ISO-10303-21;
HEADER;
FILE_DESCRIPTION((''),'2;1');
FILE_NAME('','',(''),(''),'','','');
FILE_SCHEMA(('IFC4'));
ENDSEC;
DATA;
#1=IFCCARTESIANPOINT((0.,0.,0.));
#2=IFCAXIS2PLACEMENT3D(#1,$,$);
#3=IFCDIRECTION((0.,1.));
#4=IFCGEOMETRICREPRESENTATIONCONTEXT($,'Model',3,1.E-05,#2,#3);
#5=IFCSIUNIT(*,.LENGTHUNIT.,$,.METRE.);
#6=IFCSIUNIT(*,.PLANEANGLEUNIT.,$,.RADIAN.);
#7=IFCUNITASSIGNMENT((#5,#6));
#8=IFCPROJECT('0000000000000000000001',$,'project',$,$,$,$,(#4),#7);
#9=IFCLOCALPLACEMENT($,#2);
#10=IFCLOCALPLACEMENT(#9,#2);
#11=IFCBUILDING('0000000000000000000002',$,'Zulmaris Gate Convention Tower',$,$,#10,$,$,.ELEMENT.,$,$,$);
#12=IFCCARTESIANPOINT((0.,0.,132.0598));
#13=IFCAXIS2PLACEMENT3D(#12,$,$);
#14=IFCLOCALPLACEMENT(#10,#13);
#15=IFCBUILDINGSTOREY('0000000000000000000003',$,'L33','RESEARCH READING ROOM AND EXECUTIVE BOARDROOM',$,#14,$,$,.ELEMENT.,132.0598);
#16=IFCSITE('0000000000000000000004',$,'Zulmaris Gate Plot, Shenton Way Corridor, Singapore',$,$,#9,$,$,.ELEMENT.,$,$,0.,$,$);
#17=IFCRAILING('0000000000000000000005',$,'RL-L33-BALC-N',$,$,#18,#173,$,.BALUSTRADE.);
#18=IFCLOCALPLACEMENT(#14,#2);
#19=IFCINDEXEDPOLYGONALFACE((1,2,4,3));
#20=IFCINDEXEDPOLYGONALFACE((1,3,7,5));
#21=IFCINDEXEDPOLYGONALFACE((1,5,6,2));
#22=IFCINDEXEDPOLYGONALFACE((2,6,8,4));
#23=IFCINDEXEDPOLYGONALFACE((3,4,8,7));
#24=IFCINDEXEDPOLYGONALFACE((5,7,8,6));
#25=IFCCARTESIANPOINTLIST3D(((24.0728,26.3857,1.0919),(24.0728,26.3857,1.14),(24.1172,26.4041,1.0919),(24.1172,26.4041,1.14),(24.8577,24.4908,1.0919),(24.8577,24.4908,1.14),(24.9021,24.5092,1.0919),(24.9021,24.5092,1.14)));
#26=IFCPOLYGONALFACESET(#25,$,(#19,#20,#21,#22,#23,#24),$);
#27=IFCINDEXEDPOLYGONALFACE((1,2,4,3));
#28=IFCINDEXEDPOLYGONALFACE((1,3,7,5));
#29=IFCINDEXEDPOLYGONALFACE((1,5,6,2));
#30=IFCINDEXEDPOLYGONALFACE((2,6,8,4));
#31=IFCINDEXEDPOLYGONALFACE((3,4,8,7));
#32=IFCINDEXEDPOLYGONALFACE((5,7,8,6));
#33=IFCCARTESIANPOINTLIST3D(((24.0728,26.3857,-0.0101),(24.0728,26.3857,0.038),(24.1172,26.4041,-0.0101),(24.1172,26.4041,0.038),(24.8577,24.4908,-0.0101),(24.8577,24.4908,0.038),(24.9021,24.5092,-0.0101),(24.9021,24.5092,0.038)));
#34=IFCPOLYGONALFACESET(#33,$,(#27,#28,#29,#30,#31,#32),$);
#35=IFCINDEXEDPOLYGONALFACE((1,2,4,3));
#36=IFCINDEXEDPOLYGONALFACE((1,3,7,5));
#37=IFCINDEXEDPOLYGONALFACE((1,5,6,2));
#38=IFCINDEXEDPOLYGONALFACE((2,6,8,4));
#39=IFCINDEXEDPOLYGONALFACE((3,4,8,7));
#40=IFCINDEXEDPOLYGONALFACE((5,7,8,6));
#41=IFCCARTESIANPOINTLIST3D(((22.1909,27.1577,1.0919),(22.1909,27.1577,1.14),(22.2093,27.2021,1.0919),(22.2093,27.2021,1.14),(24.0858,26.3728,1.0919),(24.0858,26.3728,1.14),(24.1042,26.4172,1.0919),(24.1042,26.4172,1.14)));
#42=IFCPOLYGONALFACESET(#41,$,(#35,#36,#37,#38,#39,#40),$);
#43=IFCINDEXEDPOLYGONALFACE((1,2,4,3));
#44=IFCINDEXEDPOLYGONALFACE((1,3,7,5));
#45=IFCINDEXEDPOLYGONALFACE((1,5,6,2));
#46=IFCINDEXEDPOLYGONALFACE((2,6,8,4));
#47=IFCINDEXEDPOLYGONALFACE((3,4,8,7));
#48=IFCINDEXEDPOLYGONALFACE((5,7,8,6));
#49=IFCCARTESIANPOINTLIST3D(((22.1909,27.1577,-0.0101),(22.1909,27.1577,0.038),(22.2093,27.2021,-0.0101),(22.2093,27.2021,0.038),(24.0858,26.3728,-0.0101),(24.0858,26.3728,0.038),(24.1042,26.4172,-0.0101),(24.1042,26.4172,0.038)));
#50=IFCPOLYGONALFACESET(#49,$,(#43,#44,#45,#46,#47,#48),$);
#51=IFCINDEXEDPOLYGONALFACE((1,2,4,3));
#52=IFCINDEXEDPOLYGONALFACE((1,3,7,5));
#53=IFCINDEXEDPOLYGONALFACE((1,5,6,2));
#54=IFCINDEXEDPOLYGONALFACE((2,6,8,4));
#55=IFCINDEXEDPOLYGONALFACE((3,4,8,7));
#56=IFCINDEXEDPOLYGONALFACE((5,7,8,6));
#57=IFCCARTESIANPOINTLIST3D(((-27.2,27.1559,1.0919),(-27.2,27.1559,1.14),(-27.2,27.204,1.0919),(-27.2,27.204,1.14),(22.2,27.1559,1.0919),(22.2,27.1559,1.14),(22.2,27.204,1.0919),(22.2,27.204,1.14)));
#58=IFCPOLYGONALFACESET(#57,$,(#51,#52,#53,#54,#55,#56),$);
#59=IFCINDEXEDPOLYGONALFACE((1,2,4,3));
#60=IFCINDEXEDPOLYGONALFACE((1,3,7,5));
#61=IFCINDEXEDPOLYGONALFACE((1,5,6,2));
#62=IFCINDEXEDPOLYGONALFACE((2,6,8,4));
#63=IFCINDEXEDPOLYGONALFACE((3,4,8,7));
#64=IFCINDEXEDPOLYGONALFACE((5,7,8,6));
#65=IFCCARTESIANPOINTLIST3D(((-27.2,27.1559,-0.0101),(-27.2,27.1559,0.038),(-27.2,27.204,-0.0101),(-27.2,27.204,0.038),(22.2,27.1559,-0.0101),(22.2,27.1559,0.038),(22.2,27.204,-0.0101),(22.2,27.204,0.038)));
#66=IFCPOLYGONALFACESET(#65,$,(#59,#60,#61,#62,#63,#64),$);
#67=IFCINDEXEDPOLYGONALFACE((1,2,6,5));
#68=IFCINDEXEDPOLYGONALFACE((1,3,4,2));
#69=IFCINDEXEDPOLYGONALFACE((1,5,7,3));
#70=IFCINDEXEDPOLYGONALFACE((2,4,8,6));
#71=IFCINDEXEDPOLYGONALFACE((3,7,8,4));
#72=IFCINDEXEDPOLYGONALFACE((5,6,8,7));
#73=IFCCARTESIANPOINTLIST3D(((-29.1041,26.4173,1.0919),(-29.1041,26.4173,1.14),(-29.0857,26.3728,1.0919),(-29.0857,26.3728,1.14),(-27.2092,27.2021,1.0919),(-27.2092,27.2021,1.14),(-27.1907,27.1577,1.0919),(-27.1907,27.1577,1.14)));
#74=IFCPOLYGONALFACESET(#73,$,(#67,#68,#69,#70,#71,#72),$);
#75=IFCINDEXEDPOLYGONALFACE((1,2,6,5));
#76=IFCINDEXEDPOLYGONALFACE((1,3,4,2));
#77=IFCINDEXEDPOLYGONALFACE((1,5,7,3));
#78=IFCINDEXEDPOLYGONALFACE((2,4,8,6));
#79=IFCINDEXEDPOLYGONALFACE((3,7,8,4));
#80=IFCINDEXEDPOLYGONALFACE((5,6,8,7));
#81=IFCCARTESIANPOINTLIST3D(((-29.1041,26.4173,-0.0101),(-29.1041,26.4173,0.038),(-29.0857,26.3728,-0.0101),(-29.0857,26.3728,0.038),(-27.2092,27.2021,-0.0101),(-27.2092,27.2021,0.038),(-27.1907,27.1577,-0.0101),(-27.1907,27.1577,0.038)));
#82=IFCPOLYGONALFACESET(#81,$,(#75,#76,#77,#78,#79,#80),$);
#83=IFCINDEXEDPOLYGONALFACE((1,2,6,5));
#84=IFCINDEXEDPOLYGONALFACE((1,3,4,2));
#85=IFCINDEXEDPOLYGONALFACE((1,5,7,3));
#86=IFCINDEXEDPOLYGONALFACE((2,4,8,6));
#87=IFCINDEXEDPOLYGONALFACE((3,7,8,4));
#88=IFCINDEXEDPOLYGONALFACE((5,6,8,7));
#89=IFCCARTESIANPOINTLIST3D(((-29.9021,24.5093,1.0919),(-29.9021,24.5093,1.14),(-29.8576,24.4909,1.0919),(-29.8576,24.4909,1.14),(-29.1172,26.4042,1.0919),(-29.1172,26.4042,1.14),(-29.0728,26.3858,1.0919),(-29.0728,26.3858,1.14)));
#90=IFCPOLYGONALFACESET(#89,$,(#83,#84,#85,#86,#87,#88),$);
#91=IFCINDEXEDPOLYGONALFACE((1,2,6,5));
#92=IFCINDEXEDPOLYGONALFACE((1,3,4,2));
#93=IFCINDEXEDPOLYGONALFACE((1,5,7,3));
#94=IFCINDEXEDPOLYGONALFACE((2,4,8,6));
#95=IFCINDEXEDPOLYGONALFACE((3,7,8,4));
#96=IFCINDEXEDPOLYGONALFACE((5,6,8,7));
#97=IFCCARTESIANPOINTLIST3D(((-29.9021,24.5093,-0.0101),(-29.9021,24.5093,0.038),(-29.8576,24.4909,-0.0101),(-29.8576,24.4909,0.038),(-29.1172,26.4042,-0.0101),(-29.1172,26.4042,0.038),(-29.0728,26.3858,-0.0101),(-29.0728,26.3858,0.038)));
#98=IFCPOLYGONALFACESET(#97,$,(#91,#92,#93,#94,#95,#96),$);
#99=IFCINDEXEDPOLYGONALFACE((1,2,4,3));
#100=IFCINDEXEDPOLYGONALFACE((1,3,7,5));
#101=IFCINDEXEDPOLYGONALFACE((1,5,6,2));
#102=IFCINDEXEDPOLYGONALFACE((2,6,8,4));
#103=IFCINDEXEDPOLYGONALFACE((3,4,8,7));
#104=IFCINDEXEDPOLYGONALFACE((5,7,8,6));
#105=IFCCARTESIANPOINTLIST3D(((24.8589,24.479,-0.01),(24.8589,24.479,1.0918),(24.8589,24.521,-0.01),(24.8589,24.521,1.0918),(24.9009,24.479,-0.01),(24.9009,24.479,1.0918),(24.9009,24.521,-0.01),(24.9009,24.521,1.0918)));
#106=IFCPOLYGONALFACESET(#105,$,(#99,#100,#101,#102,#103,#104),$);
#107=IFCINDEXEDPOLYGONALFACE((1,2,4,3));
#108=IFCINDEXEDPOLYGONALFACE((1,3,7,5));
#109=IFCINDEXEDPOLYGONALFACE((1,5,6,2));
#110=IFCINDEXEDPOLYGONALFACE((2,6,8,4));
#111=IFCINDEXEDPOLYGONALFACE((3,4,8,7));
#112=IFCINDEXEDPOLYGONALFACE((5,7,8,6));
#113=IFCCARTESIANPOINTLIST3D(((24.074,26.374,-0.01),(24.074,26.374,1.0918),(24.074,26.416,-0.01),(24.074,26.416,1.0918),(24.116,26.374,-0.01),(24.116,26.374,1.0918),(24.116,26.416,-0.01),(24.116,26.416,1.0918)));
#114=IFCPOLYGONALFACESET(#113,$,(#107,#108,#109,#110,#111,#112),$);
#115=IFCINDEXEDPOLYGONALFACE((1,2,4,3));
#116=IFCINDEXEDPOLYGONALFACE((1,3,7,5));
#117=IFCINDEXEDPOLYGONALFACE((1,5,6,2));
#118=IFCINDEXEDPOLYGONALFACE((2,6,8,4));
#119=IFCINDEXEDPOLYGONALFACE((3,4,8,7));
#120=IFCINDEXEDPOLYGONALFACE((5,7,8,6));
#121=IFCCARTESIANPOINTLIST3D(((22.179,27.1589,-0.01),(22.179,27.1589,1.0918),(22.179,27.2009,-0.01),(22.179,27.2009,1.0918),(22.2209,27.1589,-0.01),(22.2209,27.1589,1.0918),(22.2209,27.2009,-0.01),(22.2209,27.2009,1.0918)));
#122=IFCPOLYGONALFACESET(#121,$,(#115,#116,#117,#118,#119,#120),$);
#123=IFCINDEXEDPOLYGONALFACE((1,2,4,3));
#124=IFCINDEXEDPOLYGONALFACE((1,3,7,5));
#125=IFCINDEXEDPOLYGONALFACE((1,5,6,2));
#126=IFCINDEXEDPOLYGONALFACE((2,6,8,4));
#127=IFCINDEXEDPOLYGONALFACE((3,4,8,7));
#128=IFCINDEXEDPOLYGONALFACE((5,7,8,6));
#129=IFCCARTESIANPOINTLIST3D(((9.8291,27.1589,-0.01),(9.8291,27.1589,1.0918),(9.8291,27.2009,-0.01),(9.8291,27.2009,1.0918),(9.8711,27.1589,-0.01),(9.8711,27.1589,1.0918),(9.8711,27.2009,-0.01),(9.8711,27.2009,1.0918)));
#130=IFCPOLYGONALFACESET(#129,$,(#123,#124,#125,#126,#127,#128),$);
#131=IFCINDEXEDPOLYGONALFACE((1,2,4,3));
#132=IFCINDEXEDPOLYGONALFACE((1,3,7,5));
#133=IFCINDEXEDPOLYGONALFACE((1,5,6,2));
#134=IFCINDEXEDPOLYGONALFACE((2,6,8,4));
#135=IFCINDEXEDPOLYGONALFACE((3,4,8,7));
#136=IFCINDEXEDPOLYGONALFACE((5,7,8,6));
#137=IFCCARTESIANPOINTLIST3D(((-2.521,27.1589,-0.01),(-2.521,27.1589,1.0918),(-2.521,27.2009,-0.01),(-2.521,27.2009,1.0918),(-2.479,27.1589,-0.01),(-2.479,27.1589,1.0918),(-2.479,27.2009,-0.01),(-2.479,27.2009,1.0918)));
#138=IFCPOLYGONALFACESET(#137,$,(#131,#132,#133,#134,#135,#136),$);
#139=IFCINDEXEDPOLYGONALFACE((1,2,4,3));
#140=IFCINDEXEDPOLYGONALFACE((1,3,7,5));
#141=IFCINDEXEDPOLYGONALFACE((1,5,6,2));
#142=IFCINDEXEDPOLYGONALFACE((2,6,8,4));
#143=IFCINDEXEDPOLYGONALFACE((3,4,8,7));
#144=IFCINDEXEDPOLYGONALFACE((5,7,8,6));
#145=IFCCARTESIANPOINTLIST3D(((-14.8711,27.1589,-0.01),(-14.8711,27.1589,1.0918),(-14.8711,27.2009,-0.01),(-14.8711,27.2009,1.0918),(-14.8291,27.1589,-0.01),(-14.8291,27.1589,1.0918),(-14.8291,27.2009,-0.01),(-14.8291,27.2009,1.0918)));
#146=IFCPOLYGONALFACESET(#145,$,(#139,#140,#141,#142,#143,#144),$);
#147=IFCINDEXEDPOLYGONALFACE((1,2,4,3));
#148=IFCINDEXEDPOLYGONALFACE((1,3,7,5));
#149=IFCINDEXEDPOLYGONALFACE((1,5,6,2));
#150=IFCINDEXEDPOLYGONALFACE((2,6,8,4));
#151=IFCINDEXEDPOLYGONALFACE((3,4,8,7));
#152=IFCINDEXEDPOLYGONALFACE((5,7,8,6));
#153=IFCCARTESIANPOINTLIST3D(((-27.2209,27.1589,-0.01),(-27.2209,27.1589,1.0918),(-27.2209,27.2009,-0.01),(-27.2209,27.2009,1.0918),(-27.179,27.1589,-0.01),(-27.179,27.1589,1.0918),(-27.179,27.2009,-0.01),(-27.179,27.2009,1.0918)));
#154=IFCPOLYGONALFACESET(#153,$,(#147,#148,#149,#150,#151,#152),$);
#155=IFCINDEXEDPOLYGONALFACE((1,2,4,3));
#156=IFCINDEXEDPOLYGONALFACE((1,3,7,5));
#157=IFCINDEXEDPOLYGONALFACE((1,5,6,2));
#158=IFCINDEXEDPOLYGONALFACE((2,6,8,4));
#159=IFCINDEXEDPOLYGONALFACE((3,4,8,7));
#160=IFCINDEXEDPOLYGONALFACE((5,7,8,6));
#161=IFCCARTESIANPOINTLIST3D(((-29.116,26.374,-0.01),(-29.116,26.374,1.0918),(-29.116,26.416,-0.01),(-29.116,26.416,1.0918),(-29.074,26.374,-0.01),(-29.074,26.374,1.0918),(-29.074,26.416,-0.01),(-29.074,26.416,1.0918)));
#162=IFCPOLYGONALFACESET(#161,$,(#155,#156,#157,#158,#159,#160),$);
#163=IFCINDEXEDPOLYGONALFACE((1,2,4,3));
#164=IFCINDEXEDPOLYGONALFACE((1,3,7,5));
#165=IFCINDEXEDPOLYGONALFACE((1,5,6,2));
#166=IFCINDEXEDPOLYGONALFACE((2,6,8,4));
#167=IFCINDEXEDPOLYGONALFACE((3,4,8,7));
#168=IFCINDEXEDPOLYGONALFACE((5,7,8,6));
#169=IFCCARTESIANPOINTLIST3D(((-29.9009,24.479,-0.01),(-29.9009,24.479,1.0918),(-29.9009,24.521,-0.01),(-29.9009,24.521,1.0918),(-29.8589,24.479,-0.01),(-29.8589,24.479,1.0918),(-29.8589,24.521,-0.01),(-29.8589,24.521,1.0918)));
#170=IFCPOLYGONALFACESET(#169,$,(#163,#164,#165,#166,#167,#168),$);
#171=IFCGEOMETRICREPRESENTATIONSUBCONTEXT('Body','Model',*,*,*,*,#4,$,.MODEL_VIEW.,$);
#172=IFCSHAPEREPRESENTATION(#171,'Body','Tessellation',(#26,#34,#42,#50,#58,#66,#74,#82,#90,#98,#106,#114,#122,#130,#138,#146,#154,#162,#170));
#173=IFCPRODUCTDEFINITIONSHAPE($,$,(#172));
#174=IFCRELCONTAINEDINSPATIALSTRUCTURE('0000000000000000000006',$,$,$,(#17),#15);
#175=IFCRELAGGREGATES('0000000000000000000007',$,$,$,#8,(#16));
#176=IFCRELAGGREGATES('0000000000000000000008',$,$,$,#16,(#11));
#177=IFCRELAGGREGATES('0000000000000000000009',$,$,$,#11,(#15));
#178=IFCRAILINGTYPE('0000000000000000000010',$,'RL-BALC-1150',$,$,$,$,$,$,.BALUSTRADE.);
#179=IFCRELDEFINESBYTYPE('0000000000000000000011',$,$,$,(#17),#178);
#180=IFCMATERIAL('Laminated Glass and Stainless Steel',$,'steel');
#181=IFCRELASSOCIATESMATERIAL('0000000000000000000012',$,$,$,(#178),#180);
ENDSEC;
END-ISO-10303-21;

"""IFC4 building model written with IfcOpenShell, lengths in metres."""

from ifc_helpers import new_model, si_unit, direction, frame, origin, origin_2d, place, context, subcontext, project, spatial, rectangle, extrude, material, type_object, element, save


model = new_model("IFC4")

# Units and contexts
model_context = context("Model", 3, precision=1e-05, world=origin(), true_north=direction((0.0, 1.0)))
body_context = subcontext(model_context, "Body", "Model", "MODEL_VIEW")
ifc_project = project(units=[si_unit("LENGTHUNIT", "METRE"), si_unit("PLANEANGLEUNIT", "RADIAN")], contexts=[model_context])

# Site, building, storey
site_placement = place(None, origin())
site = spatial("IfcSite", under=ifc_project, at=site_placement, Name="Zulmaris Gate Plot, Shenton Way Corridor, Singapore", CompositionType="ELEMENT", RefElevation=0.0)
building_placement = place(site_placement, origin())
building = spatial("IfcBuilding", under=site, at=building_placement, Name="Zulmaris Gate Convention Tower", CompositionType="ELEMENT")
storey_placement = place(building_placement, frame((0.0, 0.0, 132.0598)))
storey = spatial("IfcBuildingStorey", under=building, at=storey_placement, Name="L33", Description="RESEARCH READING ROOM AND EXECUTIVE BOARDROOM", CompositionType="ELEMENT", Elevation=132.0598)

# Railing
ifc_material_1 = material(Name="Laminated Glass and Stainless Steel", Category="steel")
railing_type = type_object("IfcRailingType", Name="RL-BALC-1150", PredefinedType="BALUSTRADE", material=ifc_material_1)
railing_placement = place(storey_placement, frame((24.8799, 24.5, -0.01)))
element("IfcRailing", 1, at=railing_placement, inside=storey, type_object=railing_type, Name="RL-L33-BALC-N", PredefinedType="BALUSTRADE", context=body_context, shape_type="SweptSolid", body=[
    extrude(rectangle(XDim=0.0481, YDim=0.0481, at=origin_2d()), frame((0.0, 0.0, 1.126), z_axis=(-0.382671, 0.923885, 0.0), x_axis=(-0.923885, -0.382671, 0.0)), (0.0, 0.0, 1.0), 2.051),
    extrude(rectangle(XDim=0.0481, YDim=0.0481, at=origin_2d()), frame((0.0, 0.0, 0.0239), z_axis=(-0.382671, 0.923885, 0.0), x_axis=(-0.923885, -0.382671, 0.0)), (0.0, 0.0, 1.0), 2.051),
    extrude(rectangle(XDim=0.0481, YDim=0.0481, at=origin_2d()), frame((-0.7849, 1.895, 1.126), z_axis=(-0.923885, 0.382671, 0.0), x_axis=(-0.382671, -0.923885, 0.0)), (0.0, 0.0, 1.0), 2.051),
    extrude(rectangle(XDim=0.0481, YDim=0.0481, at=origin_2d()), frame((-0.7849, 1.895, 0.0239), z_axis=(-0.923885, 0.382671, 0.0), x_axis=(-0.382671, -0.923885, 0.0)), (0.0, 0.0, 1.0), 2.051),
    extrude(rectangle(XDim=0.0481, YDim=0.0481, at=origin_2d()), frame((-2.6799, 2.6799, 1.126), z_axis=(-1.0, 0.0, 0.0), x_axis=(0.0, -1.0, 0.0)), (0.0, 0.0, 1.0), 49.3999),
    extrude(rectangle(XDim=0.0481, YDim=0.0481, at=origin_2d()), frame((-2.6799, 2.6799, 0.0239), z_axis=(-1.0, 0.0, 0.0), x_axis=(0.0, -1.0, 0.0)), (0.0, 0.0, 1.0), 49.3999),
    extrude(rectangle(XDim=0.0481, YDim=0.0481, at=origin_2d()), frame((-52.0798, 2.6799, 1.126), z_axis=(-0.923885, -0.382671, 0.0), x_axis=(0.382671, -0.923885, 0.0)), (0.0, 0.0, 1.0), 2.051),
    extrude(rectangle(XDim=0.0481, YDim=0.0481, at=origin_2d()), frame((-52.0798, 2.6799, 0.0239), z_axis=(-0.923885, -0.382671, 0.0), x_axis=(0.382671, -0.923885, 0.0)), (0.0, 0.0, 1.0), 2.051),
    extrude(rectangle(XDim=0.0481, YDim=0.0481, at=origin_2d()), frame((-53.9749, 1.895, 1.126), z_axis=(-0.382671, -0.923885, 0.0), x_axis=(0.923885, -0.382671, 0.0)), (0.0, 0.0, 1.0), 2.051),
    extrude(rectangle(XDim=0.0481, YDim=0.0481, at=origin_2d()), frame((-53.9749, 1.895, 0.0239), z_axis=(-0.382671, -0.923885, 0.0), x_axis=(0.923885, -0.382671, 0.0)), (0.0, 0.0, 1.0), 2.051),
    extrude(rectangle(XDim=0.042, YDim=0.042, at=origin_2d()), origin(), (0.0, 0.0, 1.0), 1.1018),
    extrude(rectangle(XDim=0.042, YDim=0.042, at=origin_2d()), frame((-0.7849, 1.895, 0.0)), (0.0, 0.0, 1.0), 1.1018),
    extrude(rectangle(XDim=0.042, YDim=0.042, at=origin_2d()), frame((-2.6799, 2.6799, 0.0)), (0.0, 0.0, 1.0), 1.1018),
    extrude(rectangle(XDim=0.042, YDim=0.042, at=origin_2d()), frame((-15.0298, 2.6799, 0.0)), (0.0, 0.0, 1.0), 1.1018),
    extrude(rectangle(XDim=0.042, YDim=0.042, at=origin_2d()), frame((-27.3799, 2.6799, 0.0)), (0.0, 0.0, 1.0), 1.1018),
    extrude(rectangle(XDim=0.042, YDim=0.042, at=origin_2d()), frame((-39.73, 2.6799, 0.0)), (0.0, 0.0, 1.0), 1.1018),
    extrude(rectangle(XDim=0.042, YDim=0.042, at=origin_2d()), frame((-52.0798, 2.6799, 0.0)), (0.0, 0.0, 1.0), 1.1018),
    extrude(rectangle(XDim=0.042, YDim=0.042, at=origin_2d()), frame((-53.9749, 1.895, 0.0)), (0.0, 0.0, 1.0), 1.1018),
    extrude(rectangle(XDim=0.042, YDim=0.042, at=origin_2d()), frame((-54.7598, 0.0, 0.0)), (0.0, 0.0, 1.0), 1.1018),
])

save(model, "model.ifc")
